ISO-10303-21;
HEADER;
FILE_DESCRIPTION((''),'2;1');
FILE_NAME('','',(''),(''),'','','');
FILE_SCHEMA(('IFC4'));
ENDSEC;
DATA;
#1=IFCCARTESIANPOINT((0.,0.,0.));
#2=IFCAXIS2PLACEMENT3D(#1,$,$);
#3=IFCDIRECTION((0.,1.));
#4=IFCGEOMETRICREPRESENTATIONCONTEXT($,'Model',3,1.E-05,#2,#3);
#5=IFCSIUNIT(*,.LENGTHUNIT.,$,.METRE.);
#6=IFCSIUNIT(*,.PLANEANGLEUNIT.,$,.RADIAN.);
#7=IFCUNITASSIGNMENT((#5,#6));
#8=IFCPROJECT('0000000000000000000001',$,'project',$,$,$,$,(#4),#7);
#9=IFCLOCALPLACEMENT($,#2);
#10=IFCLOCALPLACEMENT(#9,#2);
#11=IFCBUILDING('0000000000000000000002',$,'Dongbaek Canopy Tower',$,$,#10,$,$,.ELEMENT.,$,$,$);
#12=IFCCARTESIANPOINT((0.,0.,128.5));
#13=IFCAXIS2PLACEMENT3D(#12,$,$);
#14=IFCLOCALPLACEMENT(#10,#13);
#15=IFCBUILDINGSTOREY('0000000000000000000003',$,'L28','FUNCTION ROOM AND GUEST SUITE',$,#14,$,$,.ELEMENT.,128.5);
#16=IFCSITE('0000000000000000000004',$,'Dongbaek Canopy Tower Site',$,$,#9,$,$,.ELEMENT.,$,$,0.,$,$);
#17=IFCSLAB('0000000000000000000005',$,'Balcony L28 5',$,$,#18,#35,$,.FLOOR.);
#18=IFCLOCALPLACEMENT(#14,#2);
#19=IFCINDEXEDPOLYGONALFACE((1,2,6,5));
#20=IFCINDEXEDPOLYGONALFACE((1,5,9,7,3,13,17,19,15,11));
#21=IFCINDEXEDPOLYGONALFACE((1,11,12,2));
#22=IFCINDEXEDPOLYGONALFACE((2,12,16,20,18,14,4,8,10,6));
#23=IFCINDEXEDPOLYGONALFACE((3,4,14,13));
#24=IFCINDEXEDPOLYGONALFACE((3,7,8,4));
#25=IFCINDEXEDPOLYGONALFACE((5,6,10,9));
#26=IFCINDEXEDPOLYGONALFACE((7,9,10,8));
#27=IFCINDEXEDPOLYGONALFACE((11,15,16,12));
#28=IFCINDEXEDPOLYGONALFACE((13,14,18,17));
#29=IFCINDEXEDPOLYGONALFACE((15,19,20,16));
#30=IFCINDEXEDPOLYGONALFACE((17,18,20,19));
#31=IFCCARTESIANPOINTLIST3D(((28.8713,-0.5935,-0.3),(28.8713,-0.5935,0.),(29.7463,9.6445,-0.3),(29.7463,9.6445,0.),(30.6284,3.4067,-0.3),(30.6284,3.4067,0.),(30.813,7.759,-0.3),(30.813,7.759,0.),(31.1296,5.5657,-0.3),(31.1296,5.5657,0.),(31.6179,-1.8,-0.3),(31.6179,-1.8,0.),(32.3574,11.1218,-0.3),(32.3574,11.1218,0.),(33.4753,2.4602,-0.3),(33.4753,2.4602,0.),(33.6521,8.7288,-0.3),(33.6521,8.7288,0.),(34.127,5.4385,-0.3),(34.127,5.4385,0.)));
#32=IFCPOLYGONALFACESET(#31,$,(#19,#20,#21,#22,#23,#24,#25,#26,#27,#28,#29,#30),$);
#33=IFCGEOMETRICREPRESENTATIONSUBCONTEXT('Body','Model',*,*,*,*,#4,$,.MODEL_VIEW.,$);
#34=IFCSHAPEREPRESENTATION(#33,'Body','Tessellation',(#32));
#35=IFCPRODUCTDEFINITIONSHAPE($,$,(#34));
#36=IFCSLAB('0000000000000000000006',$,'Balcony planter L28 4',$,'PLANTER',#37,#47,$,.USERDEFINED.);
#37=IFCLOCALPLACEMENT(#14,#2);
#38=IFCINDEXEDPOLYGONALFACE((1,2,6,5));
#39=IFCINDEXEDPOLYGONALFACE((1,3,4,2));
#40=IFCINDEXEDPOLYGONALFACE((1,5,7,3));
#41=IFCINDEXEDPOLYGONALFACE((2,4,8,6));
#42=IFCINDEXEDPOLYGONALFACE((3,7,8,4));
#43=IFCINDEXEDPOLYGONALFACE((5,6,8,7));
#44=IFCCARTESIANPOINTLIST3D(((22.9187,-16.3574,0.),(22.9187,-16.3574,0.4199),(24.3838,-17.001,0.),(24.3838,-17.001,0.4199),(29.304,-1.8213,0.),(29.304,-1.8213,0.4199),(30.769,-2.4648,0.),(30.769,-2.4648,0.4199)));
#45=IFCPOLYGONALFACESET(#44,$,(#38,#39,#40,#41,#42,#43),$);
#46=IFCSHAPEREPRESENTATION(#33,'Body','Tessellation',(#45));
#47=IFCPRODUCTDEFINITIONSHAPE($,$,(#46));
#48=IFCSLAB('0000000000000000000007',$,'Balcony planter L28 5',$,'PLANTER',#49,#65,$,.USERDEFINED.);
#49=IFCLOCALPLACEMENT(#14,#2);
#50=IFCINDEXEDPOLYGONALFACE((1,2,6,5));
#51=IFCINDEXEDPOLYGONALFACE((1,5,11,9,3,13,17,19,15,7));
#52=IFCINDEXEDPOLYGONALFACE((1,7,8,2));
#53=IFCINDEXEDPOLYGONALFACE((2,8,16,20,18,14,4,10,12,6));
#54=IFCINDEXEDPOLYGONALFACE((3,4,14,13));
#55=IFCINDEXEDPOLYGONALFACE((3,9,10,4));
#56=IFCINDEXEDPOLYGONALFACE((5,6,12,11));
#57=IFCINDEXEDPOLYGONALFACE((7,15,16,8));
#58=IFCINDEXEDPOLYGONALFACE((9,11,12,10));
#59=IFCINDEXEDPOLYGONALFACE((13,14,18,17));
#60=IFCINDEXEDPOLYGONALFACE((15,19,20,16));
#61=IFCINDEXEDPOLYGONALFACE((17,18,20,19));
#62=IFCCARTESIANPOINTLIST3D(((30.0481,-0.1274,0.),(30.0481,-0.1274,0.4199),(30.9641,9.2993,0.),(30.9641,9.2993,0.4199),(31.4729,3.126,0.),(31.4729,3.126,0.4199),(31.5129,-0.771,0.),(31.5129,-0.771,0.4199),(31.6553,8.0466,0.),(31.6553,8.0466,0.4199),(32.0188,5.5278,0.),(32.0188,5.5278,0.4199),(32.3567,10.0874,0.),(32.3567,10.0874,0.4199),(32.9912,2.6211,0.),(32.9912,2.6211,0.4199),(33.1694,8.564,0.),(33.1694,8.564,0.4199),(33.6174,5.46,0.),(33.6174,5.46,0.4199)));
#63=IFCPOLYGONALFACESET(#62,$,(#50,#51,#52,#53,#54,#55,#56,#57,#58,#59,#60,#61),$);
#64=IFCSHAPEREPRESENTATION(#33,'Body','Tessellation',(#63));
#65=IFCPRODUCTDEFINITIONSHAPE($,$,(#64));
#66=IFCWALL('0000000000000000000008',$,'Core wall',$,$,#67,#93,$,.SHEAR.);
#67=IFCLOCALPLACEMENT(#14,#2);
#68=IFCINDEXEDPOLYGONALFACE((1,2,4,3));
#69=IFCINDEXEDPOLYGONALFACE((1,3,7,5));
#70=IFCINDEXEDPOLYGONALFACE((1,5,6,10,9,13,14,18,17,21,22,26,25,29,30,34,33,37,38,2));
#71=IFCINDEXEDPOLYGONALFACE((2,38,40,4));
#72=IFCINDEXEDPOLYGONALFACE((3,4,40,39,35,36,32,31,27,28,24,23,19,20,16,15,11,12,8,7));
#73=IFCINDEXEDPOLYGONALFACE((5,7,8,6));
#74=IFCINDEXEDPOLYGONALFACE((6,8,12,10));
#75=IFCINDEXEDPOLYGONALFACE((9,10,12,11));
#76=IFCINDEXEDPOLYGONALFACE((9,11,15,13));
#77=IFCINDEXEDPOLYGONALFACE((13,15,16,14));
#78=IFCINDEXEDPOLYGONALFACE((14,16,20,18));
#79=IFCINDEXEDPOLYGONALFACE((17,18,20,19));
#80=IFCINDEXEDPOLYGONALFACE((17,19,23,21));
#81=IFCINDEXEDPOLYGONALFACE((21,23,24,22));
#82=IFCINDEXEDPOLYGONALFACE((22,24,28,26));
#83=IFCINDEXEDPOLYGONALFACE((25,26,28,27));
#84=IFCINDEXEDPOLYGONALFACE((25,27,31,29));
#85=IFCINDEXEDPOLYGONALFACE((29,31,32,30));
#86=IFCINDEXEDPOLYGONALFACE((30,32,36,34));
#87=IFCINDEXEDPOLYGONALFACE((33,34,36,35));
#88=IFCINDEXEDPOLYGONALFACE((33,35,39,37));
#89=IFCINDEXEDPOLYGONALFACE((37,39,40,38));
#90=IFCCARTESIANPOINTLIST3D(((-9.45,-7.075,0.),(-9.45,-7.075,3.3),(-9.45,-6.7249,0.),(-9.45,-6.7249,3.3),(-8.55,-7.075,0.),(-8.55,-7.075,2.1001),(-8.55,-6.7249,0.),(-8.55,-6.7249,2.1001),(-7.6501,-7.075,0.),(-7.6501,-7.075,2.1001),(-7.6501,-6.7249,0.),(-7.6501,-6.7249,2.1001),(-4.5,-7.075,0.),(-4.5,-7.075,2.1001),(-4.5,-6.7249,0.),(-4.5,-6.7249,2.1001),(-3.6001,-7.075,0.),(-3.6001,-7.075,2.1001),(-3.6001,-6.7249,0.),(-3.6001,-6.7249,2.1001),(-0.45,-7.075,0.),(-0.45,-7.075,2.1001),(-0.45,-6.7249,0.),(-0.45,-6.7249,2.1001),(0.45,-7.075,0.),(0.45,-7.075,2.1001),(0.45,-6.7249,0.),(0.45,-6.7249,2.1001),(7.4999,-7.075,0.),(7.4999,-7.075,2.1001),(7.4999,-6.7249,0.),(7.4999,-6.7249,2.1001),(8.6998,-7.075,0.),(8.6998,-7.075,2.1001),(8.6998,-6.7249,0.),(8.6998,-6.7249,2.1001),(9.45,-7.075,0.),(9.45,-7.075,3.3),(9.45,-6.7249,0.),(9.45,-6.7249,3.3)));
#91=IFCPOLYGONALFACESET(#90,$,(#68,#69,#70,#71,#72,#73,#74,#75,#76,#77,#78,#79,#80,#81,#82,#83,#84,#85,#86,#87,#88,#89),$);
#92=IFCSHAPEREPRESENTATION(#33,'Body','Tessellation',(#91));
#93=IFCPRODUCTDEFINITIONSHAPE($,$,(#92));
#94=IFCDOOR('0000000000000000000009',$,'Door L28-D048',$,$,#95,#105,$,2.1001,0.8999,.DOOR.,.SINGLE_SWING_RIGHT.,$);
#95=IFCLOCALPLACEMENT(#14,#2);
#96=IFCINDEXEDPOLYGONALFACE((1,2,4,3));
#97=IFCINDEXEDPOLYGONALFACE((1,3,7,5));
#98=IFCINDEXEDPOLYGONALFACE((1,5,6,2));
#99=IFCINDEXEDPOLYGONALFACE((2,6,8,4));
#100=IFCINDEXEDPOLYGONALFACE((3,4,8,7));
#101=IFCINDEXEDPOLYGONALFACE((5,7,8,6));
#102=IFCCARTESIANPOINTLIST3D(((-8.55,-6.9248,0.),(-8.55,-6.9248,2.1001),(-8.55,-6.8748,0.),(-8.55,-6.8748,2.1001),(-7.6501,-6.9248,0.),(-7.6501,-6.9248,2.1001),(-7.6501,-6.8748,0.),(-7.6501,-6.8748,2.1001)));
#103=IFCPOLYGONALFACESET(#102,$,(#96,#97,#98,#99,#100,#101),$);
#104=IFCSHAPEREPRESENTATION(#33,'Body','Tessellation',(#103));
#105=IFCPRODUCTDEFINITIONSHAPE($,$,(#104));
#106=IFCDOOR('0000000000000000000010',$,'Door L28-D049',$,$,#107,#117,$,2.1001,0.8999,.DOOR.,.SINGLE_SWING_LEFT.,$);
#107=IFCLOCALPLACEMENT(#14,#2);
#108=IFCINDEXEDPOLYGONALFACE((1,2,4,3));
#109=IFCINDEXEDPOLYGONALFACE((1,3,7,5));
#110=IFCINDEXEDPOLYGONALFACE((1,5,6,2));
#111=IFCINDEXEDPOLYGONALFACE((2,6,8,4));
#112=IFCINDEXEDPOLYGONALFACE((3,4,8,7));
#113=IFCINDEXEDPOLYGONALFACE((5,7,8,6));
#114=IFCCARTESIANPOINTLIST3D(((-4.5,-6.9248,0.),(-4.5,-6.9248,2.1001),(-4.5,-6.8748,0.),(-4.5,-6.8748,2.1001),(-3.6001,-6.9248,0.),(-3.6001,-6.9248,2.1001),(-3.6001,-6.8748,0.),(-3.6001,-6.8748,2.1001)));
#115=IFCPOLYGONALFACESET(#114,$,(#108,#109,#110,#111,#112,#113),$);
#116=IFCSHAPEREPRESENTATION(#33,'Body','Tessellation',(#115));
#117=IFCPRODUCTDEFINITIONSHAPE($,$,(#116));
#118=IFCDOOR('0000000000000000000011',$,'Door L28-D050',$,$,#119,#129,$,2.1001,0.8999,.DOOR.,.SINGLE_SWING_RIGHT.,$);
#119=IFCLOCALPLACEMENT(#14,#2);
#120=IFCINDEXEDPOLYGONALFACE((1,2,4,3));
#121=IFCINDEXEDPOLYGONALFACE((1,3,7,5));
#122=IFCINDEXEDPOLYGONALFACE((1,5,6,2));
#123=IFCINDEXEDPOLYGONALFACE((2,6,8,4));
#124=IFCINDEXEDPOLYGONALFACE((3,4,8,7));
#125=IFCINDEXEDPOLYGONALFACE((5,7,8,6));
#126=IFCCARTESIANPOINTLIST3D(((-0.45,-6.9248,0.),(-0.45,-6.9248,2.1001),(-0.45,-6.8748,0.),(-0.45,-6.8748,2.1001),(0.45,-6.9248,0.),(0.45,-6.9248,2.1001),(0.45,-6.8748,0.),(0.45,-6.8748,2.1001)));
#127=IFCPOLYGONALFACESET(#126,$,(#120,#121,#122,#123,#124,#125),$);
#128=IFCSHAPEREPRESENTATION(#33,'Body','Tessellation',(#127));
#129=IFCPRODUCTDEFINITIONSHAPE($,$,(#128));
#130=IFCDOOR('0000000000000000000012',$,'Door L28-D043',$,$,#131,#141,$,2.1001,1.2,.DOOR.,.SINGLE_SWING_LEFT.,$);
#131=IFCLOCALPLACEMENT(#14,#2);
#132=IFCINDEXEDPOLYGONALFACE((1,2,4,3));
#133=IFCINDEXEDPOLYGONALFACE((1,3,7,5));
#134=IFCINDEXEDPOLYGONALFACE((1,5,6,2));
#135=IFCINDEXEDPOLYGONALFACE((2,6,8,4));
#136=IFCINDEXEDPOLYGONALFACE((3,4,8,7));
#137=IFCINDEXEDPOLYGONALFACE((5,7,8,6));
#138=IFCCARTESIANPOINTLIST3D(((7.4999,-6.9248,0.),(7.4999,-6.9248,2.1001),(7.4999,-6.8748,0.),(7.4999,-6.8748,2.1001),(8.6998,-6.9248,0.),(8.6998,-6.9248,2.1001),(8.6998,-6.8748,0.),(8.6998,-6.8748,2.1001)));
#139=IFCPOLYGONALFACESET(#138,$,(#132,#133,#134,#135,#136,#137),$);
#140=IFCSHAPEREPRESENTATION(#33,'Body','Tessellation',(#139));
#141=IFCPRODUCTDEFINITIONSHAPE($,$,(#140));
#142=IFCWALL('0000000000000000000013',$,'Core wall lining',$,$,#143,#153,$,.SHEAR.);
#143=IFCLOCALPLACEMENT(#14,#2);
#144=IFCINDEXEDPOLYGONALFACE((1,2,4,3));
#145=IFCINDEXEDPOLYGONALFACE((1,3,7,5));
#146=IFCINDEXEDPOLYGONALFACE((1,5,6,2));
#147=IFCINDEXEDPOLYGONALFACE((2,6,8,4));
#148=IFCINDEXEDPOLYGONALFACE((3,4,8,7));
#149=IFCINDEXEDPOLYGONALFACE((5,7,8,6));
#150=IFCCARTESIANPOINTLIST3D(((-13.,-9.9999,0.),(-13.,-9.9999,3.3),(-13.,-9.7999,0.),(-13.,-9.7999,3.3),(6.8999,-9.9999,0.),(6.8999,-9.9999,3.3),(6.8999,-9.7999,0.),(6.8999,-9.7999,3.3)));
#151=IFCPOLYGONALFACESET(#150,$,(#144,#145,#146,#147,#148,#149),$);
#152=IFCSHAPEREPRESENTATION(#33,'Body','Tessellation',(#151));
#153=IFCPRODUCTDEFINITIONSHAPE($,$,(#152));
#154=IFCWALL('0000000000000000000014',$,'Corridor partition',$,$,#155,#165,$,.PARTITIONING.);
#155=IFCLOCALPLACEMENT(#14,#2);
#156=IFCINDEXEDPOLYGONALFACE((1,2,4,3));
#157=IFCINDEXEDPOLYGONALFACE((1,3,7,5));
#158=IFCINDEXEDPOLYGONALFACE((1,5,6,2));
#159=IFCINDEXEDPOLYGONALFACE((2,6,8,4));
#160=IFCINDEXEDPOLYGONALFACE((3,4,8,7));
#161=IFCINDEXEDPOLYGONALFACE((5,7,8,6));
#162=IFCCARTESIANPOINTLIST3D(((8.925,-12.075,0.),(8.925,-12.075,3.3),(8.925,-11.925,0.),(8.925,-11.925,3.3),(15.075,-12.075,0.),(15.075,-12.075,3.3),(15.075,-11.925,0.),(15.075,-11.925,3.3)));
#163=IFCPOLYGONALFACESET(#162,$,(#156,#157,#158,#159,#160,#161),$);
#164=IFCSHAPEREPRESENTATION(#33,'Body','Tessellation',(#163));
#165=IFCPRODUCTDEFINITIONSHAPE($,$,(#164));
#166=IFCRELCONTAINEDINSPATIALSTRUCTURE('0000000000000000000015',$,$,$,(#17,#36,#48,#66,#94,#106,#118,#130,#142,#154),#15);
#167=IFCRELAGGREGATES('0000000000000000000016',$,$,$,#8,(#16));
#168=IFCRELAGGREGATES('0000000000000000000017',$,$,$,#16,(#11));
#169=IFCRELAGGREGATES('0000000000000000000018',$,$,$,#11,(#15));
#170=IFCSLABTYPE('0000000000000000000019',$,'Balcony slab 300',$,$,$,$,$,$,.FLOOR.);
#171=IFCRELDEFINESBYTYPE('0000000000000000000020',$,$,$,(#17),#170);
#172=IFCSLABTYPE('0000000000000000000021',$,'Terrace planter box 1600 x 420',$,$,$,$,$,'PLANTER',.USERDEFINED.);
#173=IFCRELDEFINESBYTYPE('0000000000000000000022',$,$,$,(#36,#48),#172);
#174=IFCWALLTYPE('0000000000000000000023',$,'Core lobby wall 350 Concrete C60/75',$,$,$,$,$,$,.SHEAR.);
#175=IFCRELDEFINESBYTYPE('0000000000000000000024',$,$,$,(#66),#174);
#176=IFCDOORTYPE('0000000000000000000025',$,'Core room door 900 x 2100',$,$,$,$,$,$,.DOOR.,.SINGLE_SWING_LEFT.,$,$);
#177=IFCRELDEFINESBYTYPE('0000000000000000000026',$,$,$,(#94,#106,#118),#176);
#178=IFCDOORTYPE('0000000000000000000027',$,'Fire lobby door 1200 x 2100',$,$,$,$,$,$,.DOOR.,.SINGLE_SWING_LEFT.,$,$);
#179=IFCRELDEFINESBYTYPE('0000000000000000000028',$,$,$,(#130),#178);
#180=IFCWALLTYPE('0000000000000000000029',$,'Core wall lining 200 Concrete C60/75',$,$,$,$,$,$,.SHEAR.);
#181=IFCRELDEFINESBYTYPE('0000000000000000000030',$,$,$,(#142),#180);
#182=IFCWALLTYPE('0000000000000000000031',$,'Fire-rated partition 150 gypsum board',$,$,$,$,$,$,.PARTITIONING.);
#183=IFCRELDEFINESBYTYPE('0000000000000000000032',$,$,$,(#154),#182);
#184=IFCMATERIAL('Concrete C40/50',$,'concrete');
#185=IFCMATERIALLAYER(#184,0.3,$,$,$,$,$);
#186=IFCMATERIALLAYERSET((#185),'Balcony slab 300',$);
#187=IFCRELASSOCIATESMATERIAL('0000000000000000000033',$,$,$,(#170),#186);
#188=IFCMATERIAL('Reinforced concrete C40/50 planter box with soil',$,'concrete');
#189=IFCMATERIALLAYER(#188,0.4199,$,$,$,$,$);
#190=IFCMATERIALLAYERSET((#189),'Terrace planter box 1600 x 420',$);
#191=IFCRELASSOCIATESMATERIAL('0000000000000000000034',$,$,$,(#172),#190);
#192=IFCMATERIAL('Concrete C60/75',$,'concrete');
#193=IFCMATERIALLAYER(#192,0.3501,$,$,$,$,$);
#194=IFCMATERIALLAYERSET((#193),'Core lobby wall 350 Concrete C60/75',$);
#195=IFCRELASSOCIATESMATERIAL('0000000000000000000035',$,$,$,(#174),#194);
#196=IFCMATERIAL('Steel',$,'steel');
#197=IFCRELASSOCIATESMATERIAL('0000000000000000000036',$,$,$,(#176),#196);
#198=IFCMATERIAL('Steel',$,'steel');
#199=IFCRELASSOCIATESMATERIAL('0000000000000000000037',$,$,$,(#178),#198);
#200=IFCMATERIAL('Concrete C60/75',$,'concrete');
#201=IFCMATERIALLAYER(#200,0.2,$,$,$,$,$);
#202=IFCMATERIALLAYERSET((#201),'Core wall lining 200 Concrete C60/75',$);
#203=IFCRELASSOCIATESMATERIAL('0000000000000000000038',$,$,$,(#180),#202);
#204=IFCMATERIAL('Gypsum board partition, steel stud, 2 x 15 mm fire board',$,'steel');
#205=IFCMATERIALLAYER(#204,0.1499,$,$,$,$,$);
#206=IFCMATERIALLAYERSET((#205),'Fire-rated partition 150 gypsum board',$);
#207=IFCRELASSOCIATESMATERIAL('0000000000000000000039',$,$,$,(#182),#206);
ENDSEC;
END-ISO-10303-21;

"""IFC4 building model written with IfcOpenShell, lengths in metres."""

from ifc_helpers import new_model, si_unit, direction, frame, frame_2d, origin, place, context, subcontext, project, spatial, polyline, rectangle, outline, extrude, material, layer, layer_set, type_object, element, fill, save


model = new_model("IFC4")

# Units and contexts
model_context = context("Model", 3, precision=1e-05, world=origin(), true_north=direction((0.0, 1.0)))
body_context = subcontext(model_context, "Body", "Model", "MODEL_VIEW")
ifc_project = project(units=[si_unit("LENGTHUNIT", "METRE"), si_unit("PLANEANGLEUNIT", "RADIAN")], contexts=[model_context])

# Site, building, storey
site_placement = place(None, origin())
site = spatial("IfcSite", under=ifc_project, at=site_placement, Name="Dongbaek Canopy Tower Site", CompositionType="ELEMENT", RefElevation=0.0)
building_placement = place(site_placement, origin())
building = spatial("IfcBuilding", under=site, at=building_placement, Name="Dongbaek Canopy Tower", CompositionType="ELEMENT")
storey_placement = place(building_placement, frame((0.0, 0.0, 128.5)))
storey = spatial("IfcBuildingStorey", under=building, at=storey_placement, Name="L28", Description="FUNCTION ROOM AND GUEST SUITE", CompositionType="ELEMENT", Elevation=128.5)

# Slabs
ifc_material_1 = material(Name="Concrete C40/50", Category="concrete")
ifc_layer_1 = layer(ifc_material_1, 0.3)
ifc_layer_set_1 = layer_set([ifc_layer_1], Name="Balcony slab 300")
slab_type_1 = type_object("IfcSlabType", Name="Balcony slab 300", PredefinedType="FLOOR", material=ifc_layer_set_1)
slab_1_placement = place(storey_placement, frame((0.0, 0.0, -0.3)))
element("IfcSlab", 1, at=slab_1_placement, inside=storey, type_object=slab_type_1, Name="Balcony L28 5", PredefinedType="FLOOR", context=body_context, shape_type="SweptSolid", body=[
    extrude(outline(polyline([(28.8713, -0.5935), (30.6284, 3.4067), (31.1296, 5.5657), (30.813, 7.759), (29.7463, 9.6445), (32.3574, 11.1218), (33.6521, 8.7288), (34.127, 5.4385), (33.4753, 2.4602), (31.6179, -1.8), (28.8713, -0.5935)])), origin(), (0.0, 0.0, 1.0), 0.3),
])
ifc_material_2 = material(Name="Reinforced concrete C40/50 planter box with soil", Category="concrete")
ifc_layer_2 = layer(ifc_material_2, 0.4199)
ifc_layer_set_2 = layer_set([ifc_layer_2], Name="Terrace planter box 1600 x 420")
slab_type_2 = type_object("IfcSlabType", Name="Terrace planter box 1600 x 420", ElementType="PLANTER", PredefinedType="USERDEFINED", material=ifc_layer_set_2)
slab_2_placement = place(storey_placement, origin())
element("IfcSlab", 2, at=slab_2_placement, inside=storey, type_object=slab_type_2, Name="Balcony planter L28 4", ObjectType="PLANTER", PredefinedType="USERDEFINED", context=body_context, shape_type="SweptSolid", body=[
    extrude(outline(polyline([(22.9187, -16.3574), (29.304, -1.8213), (30.769, -2.4648), (24.3838, -17.001), (22.9187, -16.3574)])), origin(), (0.0, 0.0, 1.0), 0.4199),
])
slab_3_placement = place(storey_placement, origin())
element("IfcSlab", 3, at=slab_3_placement, inside=storey, type_object=slab_type_2, Name="Balcony planter L28 5", ObjectType="PLANTER", PredefinedType="USERDEFINED", context=body_context, shape_type="SweptSolid", body=[
    extrude(outline(polyline([(30.0481, -0.1274), (31.4729, 3.126), (32.0188, 5.5278), (31.6553, 8.0466), (30.9641, 9.2993), (32.3567, 10.0874), (33.1694, 8.564), (33.6174, 5.46), (32.9912, 2.6211), (31.5129, -0.771), (30.0481, -0.1274)])), origin(), (0.0, 0.0, 1.0), 0.4199),
])

# Wall, openings, doors
ifc_material_3 = material(Name="Concrete C60/75", Category="concrete")
ifc_layer_3 = layer(ifc_material_3, 0.3501)
ifc_layer_set_3 = layer_set([ifc_layer_3], Name="Core lobby wall 350 Concrete C60/75")
wall_type_1 = type_object("IfcWallType", Name="Core lobby wall 350 Concrete C60/75", PredefinedType="SHEAR", material=ifc_layer_set_3)
wall_1_placement = place(storey_placement, frame((9.45, -6.8999, 0.0), z_axis=(0.0, 0.0, 1.0), x_axis=(-1.0, 0.0, 0.0)))
wall_1 = element("IfcWall", 4, at=wall_1_placement, inside=storey, type_object=wall_type_1, Name="Core wall", PredefinedType="SHEAR", context=body_context, shape_type="SweptSolid", body=[
    extrude(rectangle(XDim=18.8999, YDim=0.3501, at=frame_2d((9.45, 0.0))), origin(), (0.0, 0.0, 1.0), 3.3),
])
opening_1_placement = place(wall_1_placement, frame((0.75, 0.0, 0.0)))
opening_1 = element("IfcOpeningElement", 5, at=opening_1_placement, cuts=wall_1, PredefinedType="OPENING", context=body_context, shape_type="SweptSolid", body=[
    extrude(rectangle(XDim=1.2, YDim=2.1001, at=frame_2d((0.6001, 1.05))), frame((0.0, 0.1851, 0.0), z_axis=(0.0, -1.0, 0.0), x_axis=(1.0, 0.0, 0.0)), (0.0, 0.0, 1.0), 0.3701),
])
opening_2_placement = place(wall_1_placement, frame((17.1001, 0.0, 0.0)))
opening_2 = element("IfcOpeningElement", 6, at=opening_2_placement, cuts=wall_1, PredefinedType="OPENING", context=body_context, shape_type="SweptSolid", body=[
    extrude(rectangle(XDim=0.8999, YDim=2.1001, at=frame_2d((0.45, 1.05))), frame((0.0, 0.1851, 0.0), z_axis=(0.0, -1.0, 0.0), x_axis=(1.0, 0.0, 0.0)), (0.0, 0.0, 1.0), 0.3701),
])
opening_3_placement = place(wall_1_placement, frame((13.05, 0.0, 0.0)))
opening_3 = element("IfcOpeningElement", 7, at=opening_3_placement, cuts=wall_1, PredefinedType="OPENING", context=body_context, shape_type="SweptSolid", body=[
    extrude(rectangle(XDim=0.8999, YDim=2.1001, at=frame_2d((0.45, 1.05))), frame((0.0, 0.1851, 0.0), z_axis=(0.0, -1.0, 0.0), x_axis=(1.0, 0.0, 0.0)), (0.0, 0.0, 1.0), 0.3701),
])
opening_4_placement = place(wall_1_placement, frame((9.0, 0.0, 0.0)))
opening_4 = element("IfcOpeningElement", 8, at=opening_4_placement, cuts=wall_1, PredefinedType="OPENING", context=body_context, shape_type="SweptSolid", body=[
    extrude(rectangle(XDim=0.8999, YDim=2.1001, at=frame_2d((0.45, 1.05))), frame((0.0, 0.1851, 0.0), z_axis=(0.0, -1.0, 0.0), x_axis=(1.0, 0.0, 0.0)), (0.0, 0.0, 1.0), 0.3701),
])
ifc_material_4 = material(Name="Steel", Category="steel")
door_type_1 = type_object("IfcDoorType", Name="Core room door 900 x 2100", OperationType="SINGLE_SWING_LEFT", PredefinedType="DOOR", material=ifc_material_4)
door_1_placement = place(opening_2_placement, origin())
door_1 = element("IfcDoor", 9, at=door_1_placement, inside=storey, type_object=door_type_1, Name="Door L28-D048", OperationType="SINGLE_SWING_RIGHT", OverallHeight=2.1001, OverallWidth=0.8999, PredefinedType="DOOR", context=body_context, shape_type="SweptSolid", body=[
    extrude(rectangle(XDim=0.8999, YDim=2.1001, at=frame_2d((0.45, 1.05))), frame((0.0, 0.0249, 0.0), z_axis=(0.0, -1.0, 0.0), x_axis=(1.0, 0.0, 0.0)), (0.0, 0.0, 1.0), 0.05),
])
fill(opening_2, door_1)
door_2_placement = place(opening_3_placement, origin())
door_2 = element("IfcDoor", 10, at=door_2_placement, inside=storey, type_object=door_type_1, Name="Door L28-D049", OperationType="SINGLE_SWING_LEFT", OverallHeight=2.1001, OverallWidth=0.8999, PredefinedType="DOOR", context=body_context, shape_type="SweptSolid", body=[
    extrude(rectangle(XDim=0.8999, YDim=2.1001, at=frame_2d((0.45, 1.05))), frame((0.0, 0.0249, 0.0), z_axis=(0.0, -1.0, 0.0), x_axis=(1.0, 0.0, 0.0)), (0.0, 0.0, 1.0), 0.05),
])
fill(opening_3, door_2)
door_3_placement = place(opening_4_placement, origin())
door_3 = element("IfcDoor", 11, at=door_3_placement, inside=storey, type_object=door_type_1, Name="Door L28-D050", OperationType="SINGLE_SWING_RIGHT", OverallHeight=2.1001, OverallWidth=0.8999, PredefinedType="DOOR", context=body_context, shape_type="SweptSolid", body=[
    extrude(rectangle(XDim=0.8999, YDim=2.1001, at=frame_2d((0.45, 1.05))), frame((0.0, 0.0249, 0.0), z_axis=(0.0, -1.0, 0.0), x_axis=(1.0, 0.0, 0.0)), (0.0, 0.0, 1.0), 0.05),
])
fill(opening_4, door_3)
ifc_material_5 = material(Name="Steel", Category="steel")
door_type_2 = type_object("IfcDoorType", Name="Fire lobby door 1200 x 2100", OperationType="SINGLE_SWING_LEFT", PredefinedType="DOOR", material=ifc_material_5)
door_4_placement = place(opening_1_placement, origin())
door_4 = element("IfcDoor", 12, at=door_4_placement, inside=storey, type_object=door_type_2, Name="Door L28-D043", OperationType="SINGLE_SWING_LEFT", OverallHeight=2.1001, OverallWidth=1.2, PredefinedType="DOOR", context=body_context, shape_type="SweptSolid", body=[
    extrude(rectangle(XDim=1.2, YDim=2.1001, at=frame_2d((0.6001, 1.05))), frame((0.0, 0.0249, 0.0), z_axis=(0.0, -1.0, 0.0), x_axis=(1.0, 0.0, 0.0)), (0.0, 0.0, 1.0), 0.05),
])
fill(opening_1, door_4)

# Walls
ifc_material_6 = material(Name="Concrete C60/75", Category="concrete")
ifc_layer_4 = layer(ifc_material_6, 0.2)
ifc_layer_set_4 = layer_set([ifc_layer_4], Name="Core wall lining 200 Concrete C60/75")
wall_type_2 = type_object("IfcWallType", Name="Core wall lining 200 Concrete C60/75", PredefinedType="SHEAR", material=ifc_layer_set_4)
wall_2_placement = place(storey_placement, frame((6.8999, -9.8999, 0.0), z_axis=(0.0, 0.0, 1.0), x_axis=(-1.0, 0.0, 0.0)))
element("IfcWall", 13, at=wall_2_placement, inside=storey, type_object=wall_type_2, Name="Core wall lining", PredefinedType="SHEAR", context=body_context, shape_type="SweptSolid", body=[
    extrude(rectangle(XDim=19.8999, YDim=0.2, at=frame_2d((9.95, 0.0))), origin(), (0.0, 0.0, 1.0), 3.3),
])
ifc_material_7 = material(Name="Gypsum board partition, steel stud, 2 x 15 mm fire board", Category="steel")
ifc_layer_5 = layer(ifc_material_7, 0.1499)
ifc_layer_set_5 = layer_set([ifc_layer_5], Name="Fire-rated partition 150 gypsum board")
wall_type_3 = type_object("IfcWallType", Name="Fire-rated partition 150 gypsum board", PredefinedType="PARTITIONING", material=ifc_layer_set_5)
wall_3_placement = place(storey_placement, frame((8.925, -12.0, 0.0), z_axis=(0.0, 0.0, 1.0), x_axis=(1.0, 0.0, 0.0)))
element("IfcWall", 14, at=wall_3_placement, inside=storey, type_object=wall_type_3, Name="Corridor partition", PredefinedType="PARTITIONING", context=body_context, shape_type="SweptSolid", body=[
    extrude(rectangle(XDim=6.1499, YDim=0.1499, at=frame_2d((3.075, 0.0))), origin(), (0.0, 0.0, 1.0), 3.3),
])

save(model, "model.ifc")
